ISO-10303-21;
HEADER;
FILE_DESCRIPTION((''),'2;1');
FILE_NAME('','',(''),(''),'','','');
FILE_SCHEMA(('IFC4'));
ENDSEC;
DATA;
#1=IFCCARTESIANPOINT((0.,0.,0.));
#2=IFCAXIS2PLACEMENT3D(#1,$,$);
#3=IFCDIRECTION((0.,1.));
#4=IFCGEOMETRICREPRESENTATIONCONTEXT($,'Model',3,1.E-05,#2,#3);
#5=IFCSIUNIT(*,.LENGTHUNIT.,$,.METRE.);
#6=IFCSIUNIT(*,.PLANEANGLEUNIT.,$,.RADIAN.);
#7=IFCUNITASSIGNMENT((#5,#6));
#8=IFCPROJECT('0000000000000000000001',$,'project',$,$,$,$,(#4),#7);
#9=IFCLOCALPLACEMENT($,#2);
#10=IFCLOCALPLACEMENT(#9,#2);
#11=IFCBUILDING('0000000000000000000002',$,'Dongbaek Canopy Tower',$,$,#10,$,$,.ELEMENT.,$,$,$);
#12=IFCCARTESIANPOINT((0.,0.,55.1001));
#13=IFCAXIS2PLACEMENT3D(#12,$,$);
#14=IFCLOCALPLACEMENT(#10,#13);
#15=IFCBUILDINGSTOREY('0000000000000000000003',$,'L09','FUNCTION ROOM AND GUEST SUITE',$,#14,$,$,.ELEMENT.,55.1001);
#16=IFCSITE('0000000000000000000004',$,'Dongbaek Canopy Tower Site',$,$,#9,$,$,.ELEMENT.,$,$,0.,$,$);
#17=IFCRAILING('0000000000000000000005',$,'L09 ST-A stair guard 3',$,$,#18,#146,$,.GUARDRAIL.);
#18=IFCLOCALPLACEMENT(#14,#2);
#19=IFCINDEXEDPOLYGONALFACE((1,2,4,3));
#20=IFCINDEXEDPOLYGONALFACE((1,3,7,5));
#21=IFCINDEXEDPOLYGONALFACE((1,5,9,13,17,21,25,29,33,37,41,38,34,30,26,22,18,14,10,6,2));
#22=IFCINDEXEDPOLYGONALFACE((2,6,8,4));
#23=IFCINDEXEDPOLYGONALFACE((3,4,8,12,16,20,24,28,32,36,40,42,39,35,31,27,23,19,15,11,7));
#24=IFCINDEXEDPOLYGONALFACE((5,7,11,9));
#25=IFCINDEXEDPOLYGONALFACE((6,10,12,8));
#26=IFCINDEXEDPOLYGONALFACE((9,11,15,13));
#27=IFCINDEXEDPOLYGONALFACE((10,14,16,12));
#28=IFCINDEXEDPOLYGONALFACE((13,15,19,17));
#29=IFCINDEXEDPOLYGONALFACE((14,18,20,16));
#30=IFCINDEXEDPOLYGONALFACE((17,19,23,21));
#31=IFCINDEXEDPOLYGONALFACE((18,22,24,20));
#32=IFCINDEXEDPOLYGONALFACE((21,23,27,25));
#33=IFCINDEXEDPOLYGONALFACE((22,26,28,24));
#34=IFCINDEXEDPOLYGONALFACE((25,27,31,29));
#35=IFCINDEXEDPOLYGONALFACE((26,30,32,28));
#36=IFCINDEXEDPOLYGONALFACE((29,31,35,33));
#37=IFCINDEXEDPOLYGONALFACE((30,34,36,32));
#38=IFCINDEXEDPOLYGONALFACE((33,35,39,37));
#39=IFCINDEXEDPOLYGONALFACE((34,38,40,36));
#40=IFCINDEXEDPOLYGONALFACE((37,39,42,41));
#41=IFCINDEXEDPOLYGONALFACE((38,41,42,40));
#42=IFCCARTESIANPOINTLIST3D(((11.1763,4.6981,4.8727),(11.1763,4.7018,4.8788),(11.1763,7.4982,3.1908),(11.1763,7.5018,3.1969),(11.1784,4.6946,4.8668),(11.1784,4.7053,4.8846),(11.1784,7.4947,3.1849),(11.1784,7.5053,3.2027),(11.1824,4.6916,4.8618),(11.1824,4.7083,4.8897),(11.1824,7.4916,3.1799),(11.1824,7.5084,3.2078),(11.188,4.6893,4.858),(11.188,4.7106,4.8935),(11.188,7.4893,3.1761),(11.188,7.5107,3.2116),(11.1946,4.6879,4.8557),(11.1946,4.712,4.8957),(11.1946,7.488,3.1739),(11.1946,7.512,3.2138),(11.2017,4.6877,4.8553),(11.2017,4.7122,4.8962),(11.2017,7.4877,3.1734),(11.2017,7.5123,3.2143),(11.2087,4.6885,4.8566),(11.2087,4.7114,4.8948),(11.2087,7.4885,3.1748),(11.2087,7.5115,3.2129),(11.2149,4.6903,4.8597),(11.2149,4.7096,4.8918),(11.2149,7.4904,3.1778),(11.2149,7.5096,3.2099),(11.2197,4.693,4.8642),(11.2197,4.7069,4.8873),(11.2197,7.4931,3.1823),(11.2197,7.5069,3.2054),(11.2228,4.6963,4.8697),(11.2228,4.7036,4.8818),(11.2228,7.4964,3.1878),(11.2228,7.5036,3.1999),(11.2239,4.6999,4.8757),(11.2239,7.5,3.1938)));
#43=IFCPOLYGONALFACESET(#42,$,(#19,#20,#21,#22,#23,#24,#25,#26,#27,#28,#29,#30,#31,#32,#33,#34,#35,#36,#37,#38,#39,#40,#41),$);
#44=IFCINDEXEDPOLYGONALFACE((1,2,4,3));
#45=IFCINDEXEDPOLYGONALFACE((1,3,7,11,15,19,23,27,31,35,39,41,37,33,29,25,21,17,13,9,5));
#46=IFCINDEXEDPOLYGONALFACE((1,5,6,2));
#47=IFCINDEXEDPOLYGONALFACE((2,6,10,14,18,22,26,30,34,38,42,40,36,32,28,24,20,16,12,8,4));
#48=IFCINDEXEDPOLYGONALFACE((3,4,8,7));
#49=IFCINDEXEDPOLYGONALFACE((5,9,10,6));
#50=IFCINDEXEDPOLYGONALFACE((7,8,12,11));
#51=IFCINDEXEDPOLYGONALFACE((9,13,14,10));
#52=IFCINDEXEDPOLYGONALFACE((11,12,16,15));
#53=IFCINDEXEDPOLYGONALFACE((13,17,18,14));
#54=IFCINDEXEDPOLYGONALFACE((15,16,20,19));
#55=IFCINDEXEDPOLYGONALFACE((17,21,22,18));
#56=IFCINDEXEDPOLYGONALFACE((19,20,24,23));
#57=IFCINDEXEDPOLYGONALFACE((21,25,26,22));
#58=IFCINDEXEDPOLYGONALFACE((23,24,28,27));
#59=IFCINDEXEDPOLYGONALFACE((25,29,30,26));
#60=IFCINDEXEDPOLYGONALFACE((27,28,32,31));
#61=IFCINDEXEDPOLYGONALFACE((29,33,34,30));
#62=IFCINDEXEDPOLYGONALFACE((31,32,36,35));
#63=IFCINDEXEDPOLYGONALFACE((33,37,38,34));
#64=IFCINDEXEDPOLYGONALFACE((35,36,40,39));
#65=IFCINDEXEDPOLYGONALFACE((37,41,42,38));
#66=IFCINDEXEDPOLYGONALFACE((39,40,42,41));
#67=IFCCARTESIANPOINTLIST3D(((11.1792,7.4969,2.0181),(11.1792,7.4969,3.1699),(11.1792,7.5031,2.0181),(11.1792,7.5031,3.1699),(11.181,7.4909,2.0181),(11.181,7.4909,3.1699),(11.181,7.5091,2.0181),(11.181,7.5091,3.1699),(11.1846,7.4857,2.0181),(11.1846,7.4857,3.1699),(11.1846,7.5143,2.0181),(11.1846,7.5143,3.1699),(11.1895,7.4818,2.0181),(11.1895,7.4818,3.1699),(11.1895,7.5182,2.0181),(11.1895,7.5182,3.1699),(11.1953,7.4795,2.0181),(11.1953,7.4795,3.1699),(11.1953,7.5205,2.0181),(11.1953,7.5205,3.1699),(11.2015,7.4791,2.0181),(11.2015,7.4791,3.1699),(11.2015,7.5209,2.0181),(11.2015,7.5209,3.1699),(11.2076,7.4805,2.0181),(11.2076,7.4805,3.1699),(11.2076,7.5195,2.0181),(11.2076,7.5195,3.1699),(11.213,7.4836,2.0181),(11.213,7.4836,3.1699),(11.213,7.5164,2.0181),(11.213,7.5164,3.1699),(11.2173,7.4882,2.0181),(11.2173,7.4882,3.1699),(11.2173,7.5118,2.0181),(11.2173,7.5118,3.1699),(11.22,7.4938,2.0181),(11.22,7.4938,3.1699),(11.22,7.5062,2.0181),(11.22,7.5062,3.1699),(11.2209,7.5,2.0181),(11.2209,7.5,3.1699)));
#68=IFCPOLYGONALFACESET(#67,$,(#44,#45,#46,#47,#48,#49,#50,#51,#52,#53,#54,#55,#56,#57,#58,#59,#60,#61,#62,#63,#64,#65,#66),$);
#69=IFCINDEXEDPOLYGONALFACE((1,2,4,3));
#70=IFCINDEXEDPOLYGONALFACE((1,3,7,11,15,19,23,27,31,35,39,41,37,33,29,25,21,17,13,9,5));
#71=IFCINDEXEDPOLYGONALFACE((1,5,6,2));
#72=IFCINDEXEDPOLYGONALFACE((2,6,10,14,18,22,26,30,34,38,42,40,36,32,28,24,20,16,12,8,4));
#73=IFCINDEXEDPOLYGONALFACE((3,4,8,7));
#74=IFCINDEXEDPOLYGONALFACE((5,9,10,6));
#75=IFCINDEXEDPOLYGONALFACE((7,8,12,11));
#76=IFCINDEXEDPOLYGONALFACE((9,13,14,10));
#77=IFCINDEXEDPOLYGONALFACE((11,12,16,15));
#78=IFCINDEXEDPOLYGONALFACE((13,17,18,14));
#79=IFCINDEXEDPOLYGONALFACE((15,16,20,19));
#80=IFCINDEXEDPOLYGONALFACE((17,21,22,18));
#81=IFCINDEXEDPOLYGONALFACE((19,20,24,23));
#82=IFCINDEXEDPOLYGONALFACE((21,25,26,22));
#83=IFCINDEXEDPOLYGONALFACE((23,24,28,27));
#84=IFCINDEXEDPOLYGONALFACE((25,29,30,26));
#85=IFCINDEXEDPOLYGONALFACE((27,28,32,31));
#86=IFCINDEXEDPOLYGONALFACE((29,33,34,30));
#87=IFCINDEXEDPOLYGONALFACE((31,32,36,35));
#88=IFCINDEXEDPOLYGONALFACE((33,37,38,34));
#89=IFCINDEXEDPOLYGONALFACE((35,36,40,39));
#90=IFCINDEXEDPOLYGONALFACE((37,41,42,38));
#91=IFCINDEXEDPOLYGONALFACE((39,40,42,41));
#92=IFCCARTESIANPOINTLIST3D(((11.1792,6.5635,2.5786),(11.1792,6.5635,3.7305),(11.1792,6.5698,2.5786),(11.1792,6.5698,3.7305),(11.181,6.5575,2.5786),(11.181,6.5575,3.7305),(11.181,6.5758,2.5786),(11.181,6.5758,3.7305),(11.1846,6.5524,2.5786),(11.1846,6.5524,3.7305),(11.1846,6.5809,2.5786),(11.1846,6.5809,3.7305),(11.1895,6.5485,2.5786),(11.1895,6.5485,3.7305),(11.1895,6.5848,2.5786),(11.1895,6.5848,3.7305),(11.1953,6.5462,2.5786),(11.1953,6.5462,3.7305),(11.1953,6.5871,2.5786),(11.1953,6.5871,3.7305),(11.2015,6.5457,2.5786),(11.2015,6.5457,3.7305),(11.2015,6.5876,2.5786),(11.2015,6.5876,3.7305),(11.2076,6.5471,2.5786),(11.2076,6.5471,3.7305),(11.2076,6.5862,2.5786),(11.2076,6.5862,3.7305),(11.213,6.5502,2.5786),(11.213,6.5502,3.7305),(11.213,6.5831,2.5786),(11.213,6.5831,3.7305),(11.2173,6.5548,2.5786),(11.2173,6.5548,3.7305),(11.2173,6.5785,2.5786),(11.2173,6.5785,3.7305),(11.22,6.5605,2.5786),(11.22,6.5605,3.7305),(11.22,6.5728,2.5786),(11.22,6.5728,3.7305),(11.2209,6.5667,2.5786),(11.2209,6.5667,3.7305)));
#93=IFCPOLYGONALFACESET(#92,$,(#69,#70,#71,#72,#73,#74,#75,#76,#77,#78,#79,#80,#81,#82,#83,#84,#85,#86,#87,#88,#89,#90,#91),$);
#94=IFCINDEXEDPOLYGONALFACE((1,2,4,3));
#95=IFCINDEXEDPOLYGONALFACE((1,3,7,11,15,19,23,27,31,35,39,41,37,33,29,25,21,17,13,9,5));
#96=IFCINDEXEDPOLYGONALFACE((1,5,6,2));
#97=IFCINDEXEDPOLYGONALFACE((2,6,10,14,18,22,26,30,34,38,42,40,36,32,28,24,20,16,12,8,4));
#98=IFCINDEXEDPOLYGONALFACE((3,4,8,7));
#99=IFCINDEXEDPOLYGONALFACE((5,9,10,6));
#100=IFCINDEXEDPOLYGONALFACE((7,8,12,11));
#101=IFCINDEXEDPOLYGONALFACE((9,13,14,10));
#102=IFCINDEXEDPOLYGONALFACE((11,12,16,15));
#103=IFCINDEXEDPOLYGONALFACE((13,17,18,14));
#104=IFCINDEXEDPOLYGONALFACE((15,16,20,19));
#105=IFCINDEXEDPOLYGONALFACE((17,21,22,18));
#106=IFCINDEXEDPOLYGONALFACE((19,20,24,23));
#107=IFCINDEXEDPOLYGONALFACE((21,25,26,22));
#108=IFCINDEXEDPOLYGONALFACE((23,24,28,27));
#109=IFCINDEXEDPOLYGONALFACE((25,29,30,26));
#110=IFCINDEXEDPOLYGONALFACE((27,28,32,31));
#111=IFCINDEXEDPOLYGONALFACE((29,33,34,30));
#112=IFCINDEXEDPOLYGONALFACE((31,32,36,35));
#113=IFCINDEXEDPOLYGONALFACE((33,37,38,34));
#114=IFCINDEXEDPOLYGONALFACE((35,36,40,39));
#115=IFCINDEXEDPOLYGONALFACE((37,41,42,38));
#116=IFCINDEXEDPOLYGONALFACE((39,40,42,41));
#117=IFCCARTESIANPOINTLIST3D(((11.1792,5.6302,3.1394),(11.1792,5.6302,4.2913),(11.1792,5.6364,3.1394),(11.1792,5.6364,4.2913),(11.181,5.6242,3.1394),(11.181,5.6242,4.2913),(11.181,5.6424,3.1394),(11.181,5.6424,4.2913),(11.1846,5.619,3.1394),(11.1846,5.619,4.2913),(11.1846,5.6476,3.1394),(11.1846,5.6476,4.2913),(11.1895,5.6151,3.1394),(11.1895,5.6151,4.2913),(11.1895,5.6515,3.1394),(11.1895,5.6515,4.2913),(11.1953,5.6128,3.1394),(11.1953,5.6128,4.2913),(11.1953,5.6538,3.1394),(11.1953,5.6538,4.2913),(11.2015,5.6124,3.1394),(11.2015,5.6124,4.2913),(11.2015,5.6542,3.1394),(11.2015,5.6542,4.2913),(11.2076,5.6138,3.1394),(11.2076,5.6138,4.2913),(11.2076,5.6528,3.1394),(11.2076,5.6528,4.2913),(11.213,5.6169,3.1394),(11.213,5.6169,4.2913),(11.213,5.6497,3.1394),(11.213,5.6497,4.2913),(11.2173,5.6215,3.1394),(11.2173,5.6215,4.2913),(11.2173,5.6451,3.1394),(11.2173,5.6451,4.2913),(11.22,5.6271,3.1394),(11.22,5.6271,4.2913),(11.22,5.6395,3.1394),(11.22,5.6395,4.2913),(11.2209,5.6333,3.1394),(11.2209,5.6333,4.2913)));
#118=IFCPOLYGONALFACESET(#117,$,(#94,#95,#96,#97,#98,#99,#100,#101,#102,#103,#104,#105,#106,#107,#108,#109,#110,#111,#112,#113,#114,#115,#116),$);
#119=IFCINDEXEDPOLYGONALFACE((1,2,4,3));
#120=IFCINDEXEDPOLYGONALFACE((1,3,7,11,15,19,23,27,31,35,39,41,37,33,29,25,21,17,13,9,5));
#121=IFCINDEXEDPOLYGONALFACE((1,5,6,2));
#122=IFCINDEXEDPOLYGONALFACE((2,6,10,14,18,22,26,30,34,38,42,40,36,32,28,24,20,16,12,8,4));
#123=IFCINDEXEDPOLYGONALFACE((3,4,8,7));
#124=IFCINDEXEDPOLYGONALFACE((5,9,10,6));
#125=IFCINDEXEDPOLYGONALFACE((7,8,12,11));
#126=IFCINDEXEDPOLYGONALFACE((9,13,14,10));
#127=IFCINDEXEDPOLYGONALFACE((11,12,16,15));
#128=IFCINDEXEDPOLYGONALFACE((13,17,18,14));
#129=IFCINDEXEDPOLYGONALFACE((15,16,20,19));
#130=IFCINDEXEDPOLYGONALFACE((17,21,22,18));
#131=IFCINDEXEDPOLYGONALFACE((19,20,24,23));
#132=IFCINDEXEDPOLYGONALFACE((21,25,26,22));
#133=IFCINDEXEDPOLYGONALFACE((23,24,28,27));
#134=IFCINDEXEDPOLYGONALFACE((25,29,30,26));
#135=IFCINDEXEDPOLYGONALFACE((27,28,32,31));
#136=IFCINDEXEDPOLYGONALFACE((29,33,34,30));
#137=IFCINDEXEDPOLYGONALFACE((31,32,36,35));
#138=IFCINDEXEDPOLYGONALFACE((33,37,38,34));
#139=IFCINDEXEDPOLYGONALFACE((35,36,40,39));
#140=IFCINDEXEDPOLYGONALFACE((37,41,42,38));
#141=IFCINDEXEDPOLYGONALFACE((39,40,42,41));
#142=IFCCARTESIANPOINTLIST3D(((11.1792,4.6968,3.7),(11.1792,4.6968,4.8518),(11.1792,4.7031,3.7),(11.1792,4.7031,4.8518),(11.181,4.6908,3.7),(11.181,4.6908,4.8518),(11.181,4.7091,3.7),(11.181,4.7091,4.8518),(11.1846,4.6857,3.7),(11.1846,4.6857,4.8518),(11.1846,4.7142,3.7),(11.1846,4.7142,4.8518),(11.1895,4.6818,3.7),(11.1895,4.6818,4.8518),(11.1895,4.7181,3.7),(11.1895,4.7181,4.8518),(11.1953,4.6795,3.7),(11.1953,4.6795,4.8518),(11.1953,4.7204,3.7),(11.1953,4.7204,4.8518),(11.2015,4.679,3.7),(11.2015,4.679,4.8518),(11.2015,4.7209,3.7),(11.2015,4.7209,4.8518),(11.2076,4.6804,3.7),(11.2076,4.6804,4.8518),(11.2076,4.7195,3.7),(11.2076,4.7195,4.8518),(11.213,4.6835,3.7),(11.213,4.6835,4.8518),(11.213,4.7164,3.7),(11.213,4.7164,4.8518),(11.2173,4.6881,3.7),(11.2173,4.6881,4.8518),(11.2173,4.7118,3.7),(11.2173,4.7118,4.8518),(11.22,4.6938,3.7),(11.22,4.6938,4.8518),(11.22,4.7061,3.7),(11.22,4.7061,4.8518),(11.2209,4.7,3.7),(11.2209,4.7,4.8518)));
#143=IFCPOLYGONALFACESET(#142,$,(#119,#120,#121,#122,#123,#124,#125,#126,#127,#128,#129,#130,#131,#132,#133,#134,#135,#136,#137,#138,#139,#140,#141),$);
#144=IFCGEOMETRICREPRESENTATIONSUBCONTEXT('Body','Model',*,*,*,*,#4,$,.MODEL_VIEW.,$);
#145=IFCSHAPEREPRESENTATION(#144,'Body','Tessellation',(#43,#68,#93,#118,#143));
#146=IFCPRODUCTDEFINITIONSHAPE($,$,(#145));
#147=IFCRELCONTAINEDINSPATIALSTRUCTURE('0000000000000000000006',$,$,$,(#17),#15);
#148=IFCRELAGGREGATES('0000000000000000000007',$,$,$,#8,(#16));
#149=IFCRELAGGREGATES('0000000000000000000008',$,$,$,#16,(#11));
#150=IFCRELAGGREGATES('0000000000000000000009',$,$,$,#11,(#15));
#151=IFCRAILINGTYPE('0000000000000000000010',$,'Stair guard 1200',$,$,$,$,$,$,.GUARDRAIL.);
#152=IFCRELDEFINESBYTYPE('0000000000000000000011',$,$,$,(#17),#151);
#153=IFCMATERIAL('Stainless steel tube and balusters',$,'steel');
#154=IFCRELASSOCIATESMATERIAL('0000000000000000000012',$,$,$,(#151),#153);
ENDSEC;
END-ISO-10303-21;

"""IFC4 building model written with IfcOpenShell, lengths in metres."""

from ifc_helpers import new_model, si_unit, direction, frame, origin, origin_2d, place, context, subcontext, project, spatial, circle, extrude, material, type_object, element, save


model = new_model("IFC4")

# Units and contexts
model_context = context("Model", 3, precision=1e-05, world=origin(), true_north=direction((0.0, 1.0)))
body_context = subcontext(model_context, "Body", "Model", "MODEL_VIEW")
ifc_project = project(units=[si_unit("LENGTHUNIT", "METRE"), si_unit("PLANEANGLEUNIT", "RADIAN")], contexts=[model_context])

# Site, building, storey
site_placement = place(None, origin())
site = spatial("IfcSite", under=ifc_project, at=site_placement, Name="Dongbaek Canopy Tower Site", CompositionType="ELEMENT", RefElevation=0.0)
building_placement = place(site_placement, origin())
building = spatial("IfcBuilding", under=site, at=building_placement, Name="Dongbaek Canopy Tower", CompositionType="ELEMENT")
storey_placement = place(building_placement, frame((0.0, 0.0, 55.1001)))
storey = spatial("IfcBuildingStorey", under=building, at=storey_placement, Name="L09", Description="FUNCTION ROOM AND GUEST SUITE", CompositionType="ELEMENT", Elevation=55.1001)

# Railing
ifc_material_1 = material(Name="Stainless steel tube and balusters", Category="steel")
railing_type_1 = type_object("IfcRailingType", Name="Stair guard 1200", PredefinedType="GUARDRAIL", material=ifc_material_1)
railing_1_placement = place(storey_placement, frame((11.2, 7.5, 2.0181)))
element("IfcRailing", 1, at=railing_1_placement, inside=storey, type_object=railing_type_1, Name="L09 ST-A stair guard 3", PredefinedType="GUARDRAIL", context=body_context, shape_type="SweptSolid", body=[
    extrude(circle(Radius=0.0239, at=origin_2d()), frame((0.0, 0.0, 1.1758), z_axis=(0.0, -0.857242, 0.514913), x_axis=(1.0, 0.0, 0.0)), (0.0, 0.0, 1.0), 3.2664),
    extrude(circle(Radius=0.021, at=origin_2d()), origin(), (0.0, 0.0, 1.0), 1.1519),
    extrude(circle(Radius=0.021, at=origin_2d()), frame((0.0, -0.9333, 0.5605)), (0.0, 0.0, 1.0), 1.1519),
    extrude(circle(Radius=0.021, at=origin_2d()), frame((0.0, -1.8667, 1.1213)), (0.0, 0.0, 1.0), 1.1519),
    extrude(circle(Radius=0.021, at=origin_2d()), frame((0.0, -2.8, 1.6819)), (0.0, 0.0, 1.0), 1.1519),
])

save(model, "model.ifc")
